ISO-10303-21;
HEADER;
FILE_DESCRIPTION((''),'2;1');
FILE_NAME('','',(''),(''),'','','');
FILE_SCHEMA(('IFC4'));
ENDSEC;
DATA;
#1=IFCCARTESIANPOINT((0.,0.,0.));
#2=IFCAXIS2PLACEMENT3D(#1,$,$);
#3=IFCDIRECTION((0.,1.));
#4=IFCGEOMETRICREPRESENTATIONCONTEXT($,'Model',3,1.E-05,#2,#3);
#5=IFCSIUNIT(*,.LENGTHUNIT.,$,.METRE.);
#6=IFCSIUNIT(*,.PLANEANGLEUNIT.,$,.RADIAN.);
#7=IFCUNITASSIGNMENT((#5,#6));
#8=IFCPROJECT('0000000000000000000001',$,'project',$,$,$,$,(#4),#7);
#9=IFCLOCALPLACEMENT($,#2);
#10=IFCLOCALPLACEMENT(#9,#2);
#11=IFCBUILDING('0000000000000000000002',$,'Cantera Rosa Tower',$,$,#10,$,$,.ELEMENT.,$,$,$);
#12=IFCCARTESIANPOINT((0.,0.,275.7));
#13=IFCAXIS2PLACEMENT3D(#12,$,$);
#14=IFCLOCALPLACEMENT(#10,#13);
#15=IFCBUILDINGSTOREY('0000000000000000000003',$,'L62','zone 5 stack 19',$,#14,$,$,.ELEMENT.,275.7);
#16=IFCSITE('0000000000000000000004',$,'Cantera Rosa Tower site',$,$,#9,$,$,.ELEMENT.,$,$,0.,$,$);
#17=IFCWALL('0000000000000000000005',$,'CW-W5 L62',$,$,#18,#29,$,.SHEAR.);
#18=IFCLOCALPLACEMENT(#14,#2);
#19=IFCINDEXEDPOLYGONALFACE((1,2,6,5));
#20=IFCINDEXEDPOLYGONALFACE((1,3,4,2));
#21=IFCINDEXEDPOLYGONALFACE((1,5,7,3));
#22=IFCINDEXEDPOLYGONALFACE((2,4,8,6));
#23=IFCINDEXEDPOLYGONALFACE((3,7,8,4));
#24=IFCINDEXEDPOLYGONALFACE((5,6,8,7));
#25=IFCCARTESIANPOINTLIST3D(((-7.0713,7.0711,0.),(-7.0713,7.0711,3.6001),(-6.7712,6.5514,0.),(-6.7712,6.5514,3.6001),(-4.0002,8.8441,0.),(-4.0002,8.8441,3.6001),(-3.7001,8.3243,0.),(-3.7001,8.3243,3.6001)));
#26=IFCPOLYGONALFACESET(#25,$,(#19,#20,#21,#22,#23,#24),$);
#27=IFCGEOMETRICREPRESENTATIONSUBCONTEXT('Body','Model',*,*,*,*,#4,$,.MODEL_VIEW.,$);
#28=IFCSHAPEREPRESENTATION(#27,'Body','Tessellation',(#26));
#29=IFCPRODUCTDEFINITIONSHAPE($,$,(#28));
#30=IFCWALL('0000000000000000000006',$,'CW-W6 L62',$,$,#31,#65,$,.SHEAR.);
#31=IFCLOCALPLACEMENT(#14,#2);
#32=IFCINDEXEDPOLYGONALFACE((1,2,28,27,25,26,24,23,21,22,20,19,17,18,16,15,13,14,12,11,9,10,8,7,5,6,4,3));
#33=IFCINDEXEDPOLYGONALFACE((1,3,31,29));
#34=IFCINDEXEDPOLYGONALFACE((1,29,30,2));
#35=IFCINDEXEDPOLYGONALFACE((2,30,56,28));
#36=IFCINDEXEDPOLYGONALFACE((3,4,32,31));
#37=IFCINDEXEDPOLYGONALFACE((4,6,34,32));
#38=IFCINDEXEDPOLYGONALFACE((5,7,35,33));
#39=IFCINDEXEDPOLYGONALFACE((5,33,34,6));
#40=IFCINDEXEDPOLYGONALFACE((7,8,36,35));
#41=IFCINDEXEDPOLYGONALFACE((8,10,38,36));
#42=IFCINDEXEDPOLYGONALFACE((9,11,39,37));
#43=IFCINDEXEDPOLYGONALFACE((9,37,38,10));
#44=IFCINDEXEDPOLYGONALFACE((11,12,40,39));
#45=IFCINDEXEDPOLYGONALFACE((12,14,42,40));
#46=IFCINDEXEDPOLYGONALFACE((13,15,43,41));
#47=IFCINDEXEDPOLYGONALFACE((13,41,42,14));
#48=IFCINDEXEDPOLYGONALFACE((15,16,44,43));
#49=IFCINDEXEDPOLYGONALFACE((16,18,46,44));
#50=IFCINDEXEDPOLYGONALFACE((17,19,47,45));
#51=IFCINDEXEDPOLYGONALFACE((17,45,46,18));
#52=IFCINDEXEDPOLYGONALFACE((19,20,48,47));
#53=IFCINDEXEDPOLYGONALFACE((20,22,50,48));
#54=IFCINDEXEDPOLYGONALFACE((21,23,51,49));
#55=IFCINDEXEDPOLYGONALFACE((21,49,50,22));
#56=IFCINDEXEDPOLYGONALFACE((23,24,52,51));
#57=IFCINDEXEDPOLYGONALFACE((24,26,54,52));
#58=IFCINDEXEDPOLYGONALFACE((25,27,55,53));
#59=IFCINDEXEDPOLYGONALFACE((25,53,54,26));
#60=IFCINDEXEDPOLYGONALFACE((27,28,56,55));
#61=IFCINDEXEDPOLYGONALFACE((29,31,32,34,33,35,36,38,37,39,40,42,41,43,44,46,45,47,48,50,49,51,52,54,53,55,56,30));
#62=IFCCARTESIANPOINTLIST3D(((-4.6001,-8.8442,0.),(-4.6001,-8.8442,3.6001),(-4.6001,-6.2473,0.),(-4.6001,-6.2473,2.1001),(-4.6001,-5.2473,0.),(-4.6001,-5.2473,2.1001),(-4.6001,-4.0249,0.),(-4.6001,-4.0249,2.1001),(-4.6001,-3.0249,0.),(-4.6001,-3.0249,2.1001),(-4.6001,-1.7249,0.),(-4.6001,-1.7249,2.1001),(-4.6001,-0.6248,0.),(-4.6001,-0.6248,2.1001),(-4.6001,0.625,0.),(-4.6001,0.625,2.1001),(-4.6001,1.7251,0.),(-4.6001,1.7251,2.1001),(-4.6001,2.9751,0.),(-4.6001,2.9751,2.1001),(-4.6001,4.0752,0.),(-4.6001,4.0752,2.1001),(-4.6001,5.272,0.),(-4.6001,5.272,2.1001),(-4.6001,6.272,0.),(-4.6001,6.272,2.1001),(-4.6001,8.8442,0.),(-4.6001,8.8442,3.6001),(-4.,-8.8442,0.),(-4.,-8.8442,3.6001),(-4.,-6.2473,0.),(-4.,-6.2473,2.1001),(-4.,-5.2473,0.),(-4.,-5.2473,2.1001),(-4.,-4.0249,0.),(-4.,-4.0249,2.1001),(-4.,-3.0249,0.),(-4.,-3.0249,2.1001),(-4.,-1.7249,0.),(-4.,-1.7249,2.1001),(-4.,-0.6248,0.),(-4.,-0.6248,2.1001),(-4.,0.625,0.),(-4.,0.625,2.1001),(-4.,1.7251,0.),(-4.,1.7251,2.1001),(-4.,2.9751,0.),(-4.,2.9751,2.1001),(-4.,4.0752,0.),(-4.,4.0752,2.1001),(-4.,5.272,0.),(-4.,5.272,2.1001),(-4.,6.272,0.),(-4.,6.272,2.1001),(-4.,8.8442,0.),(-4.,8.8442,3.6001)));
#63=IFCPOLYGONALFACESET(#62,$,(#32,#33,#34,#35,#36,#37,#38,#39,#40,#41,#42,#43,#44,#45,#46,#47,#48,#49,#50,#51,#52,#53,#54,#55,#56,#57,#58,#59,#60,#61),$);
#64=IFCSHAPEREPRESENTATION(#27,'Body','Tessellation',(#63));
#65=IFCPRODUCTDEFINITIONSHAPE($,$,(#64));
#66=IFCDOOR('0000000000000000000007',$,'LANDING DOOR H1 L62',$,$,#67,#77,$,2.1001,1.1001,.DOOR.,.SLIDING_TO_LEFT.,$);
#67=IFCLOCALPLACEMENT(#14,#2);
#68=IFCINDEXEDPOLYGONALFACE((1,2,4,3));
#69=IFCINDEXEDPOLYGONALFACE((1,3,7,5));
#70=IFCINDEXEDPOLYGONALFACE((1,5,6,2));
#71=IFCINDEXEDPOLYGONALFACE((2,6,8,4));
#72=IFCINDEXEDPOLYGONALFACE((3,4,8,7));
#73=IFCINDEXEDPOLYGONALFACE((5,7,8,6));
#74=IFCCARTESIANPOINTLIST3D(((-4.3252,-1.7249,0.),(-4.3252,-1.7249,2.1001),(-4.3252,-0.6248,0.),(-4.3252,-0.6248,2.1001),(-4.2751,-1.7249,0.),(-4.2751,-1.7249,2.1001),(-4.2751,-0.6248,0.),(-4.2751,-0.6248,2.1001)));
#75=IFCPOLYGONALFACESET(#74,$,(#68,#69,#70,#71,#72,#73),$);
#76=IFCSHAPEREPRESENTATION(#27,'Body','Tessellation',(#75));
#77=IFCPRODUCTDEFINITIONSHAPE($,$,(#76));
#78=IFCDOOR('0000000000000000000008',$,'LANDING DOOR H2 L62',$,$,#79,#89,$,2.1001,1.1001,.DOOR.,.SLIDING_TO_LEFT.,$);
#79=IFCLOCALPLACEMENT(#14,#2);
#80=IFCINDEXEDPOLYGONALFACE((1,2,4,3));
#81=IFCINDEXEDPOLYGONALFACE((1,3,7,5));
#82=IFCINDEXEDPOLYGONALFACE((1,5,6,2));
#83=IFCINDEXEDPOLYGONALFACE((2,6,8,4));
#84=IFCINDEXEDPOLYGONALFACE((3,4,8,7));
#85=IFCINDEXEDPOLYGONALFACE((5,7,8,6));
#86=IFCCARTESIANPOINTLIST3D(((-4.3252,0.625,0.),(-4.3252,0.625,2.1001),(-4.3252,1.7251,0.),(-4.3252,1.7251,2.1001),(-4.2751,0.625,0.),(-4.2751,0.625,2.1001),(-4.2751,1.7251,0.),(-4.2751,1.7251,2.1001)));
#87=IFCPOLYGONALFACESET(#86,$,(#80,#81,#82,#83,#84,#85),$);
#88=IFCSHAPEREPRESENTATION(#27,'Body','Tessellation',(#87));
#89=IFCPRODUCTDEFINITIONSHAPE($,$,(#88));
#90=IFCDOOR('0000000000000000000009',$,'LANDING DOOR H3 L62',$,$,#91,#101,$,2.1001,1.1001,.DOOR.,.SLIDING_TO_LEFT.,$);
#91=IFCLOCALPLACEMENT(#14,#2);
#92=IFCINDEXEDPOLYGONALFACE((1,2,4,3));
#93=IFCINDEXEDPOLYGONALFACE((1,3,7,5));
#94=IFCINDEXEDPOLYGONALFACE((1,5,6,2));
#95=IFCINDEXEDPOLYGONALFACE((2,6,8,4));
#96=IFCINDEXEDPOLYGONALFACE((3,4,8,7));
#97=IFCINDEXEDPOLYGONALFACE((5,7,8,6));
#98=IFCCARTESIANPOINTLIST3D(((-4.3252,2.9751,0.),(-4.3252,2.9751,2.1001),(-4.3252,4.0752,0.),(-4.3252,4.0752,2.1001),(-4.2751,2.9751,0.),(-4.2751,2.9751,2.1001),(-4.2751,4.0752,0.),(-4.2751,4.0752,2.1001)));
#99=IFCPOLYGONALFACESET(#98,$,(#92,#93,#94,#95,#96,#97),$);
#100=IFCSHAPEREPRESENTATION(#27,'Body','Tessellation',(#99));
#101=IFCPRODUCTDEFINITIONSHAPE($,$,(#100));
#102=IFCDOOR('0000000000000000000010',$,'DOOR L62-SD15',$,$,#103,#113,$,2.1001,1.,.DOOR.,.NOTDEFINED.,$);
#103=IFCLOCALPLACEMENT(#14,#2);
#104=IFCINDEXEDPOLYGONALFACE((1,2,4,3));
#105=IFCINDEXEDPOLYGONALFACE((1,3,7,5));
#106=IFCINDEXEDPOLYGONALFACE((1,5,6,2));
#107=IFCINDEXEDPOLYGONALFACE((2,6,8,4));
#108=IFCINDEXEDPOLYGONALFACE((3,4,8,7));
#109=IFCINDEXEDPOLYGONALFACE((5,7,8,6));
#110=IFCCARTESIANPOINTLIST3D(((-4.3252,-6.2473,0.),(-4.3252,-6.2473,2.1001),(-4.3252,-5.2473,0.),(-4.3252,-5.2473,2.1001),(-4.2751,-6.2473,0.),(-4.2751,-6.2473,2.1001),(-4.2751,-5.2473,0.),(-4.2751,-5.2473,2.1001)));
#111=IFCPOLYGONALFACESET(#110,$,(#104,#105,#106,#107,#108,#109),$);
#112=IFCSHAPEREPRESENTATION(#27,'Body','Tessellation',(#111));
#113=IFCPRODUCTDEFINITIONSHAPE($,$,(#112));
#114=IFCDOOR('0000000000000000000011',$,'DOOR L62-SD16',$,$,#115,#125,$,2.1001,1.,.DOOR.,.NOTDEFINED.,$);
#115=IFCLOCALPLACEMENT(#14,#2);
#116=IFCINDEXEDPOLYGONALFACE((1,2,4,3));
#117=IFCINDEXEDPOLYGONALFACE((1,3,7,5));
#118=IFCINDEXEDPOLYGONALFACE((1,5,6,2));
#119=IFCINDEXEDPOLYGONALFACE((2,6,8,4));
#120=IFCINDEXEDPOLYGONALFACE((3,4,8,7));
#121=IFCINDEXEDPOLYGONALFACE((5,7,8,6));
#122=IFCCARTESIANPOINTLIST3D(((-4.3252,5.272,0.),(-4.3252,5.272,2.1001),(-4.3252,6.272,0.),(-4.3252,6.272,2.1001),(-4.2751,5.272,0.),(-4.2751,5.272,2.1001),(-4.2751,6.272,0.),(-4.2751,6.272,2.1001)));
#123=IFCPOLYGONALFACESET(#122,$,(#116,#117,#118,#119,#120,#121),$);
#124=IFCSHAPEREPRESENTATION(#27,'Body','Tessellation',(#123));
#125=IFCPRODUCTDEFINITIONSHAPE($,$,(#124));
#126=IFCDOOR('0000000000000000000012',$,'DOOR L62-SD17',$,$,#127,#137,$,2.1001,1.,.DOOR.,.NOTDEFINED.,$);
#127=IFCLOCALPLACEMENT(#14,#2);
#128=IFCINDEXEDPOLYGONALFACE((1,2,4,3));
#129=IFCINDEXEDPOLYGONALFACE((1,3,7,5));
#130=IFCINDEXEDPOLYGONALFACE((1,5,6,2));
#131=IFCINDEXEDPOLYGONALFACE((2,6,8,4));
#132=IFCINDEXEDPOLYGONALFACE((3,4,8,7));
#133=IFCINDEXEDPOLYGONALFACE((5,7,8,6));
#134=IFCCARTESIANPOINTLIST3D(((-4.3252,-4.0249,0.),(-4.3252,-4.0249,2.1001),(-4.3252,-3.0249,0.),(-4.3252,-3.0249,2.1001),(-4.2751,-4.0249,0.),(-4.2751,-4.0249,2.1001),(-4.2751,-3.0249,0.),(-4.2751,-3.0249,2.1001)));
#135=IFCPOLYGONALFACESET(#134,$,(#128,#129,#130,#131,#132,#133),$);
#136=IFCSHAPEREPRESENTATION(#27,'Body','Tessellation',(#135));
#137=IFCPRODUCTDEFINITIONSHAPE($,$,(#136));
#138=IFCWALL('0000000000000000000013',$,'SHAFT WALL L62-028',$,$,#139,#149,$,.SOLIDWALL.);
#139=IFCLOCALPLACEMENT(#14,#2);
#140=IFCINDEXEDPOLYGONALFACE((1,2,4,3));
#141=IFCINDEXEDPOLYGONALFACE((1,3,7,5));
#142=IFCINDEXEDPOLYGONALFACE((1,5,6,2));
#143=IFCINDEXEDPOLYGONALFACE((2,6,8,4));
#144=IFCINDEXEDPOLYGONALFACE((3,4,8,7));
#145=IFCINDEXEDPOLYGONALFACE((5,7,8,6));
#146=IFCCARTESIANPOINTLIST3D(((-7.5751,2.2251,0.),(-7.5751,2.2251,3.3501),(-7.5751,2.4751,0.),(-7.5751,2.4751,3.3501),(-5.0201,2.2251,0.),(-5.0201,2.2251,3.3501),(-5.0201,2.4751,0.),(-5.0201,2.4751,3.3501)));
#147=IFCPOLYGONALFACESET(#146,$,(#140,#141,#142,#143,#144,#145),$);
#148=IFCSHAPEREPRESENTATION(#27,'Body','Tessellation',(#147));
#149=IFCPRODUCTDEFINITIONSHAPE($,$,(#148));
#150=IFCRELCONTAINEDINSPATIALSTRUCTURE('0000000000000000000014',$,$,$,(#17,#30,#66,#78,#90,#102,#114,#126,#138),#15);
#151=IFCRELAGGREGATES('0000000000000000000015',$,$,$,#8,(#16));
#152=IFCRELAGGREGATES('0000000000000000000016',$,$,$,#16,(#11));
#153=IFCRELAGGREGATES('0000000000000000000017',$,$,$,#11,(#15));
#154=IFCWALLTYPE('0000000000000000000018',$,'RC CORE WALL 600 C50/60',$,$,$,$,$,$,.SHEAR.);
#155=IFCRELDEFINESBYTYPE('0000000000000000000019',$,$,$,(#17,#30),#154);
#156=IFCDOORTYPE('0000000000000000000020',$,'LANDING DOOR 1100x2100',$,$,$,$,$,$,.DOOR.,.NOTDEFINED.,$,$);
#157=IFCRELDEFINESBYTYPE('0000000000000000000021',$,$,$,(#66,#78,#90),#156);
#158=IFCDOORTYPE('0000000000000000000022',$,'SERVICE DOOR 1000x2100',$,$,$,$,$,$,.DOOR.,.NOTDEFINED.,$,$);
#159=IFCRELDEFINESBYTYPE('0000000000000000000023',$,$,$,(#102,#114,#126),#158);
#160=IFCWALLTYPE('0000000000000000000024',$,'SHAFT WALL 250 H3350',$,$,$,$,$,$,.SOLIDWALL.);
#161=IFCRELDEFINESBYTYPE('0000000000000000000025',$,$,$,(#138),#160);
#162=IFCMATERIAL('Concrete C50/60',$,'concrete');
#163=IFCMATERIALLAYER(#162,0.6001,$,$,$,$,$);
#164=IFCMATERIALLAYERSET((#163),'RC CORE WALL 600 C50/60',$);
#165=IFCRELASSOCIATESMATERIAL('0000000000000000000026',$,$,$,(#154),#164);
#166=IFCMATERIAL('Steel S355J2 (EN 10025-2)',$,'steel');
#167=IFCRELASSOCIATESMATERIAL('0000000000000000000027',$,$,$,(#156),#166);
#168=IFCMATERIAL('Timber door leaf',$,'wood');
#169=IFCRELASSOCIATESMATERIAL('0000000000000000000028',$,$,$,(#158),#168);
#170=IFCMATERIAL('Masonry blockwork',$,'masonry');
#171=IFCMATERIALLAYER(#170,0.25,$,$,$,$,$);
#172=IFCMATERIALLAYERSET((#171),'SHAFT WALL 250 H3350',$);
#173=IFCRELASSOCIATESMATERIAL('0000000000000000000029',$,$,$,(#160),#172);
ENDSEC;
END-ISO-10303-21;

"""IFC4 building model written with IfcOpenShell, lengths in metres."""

from ifc_helpers import new_model, si_unit, direction, frame, frame_2d, origin, place, context, subcontext, project, spatial, rectangle, extrude, material, layer, layer_set, type_object, element, fill, save


model = new_model("IFC4")

# Units and contexts
model_context = context("Model", 3, precision=1e-05, world=origin(), true_north=direction((0.0, 1.0)))
body_context = subcontext(model_context, "Body", "Model", "MODEL_VIEW")
ifc_project = project(units=[si_unit("LENGTHUNIT", "METRE"), si_unit("PLANEANGLEUNIT", "RADIAN")], contexts=[model_context])

# Site, building, storey
site_placement = place(None, origin())
site = spatial("IfcSite", under=ifc_project, at=site_placement, Name="Cantera Rosa Tower site", CompositionType="ELEMENT", RefElevation=0.0)
building_placement = place(site_placement, origin())
building = spatial("IfcBuilding", under=site, at=building_placement, Name="Cantera Rosa Tower", CompositionType="ELEMENT")
storey_placement = place(building_placement, frame((0.0, 0.0, 275.7)))
storey = spatial("IfcBuildingStorey", under=building, at=storey_placement, Name="L62", Description="zone 5 stack 19", CompositionType="ELEMENT", Elevation=275.7)

# Wall
ifc_material_1 = material(Name="Concrete C50/60", Category="concrete")
ifc_layer_1 = layer(ifc_material_1, 0.6001)
ifc_layer_set_1 = layer_set([ifc_layer_1], Name="RC CORE WALL 600 C50/60")
wall_type_1 = type_object("IfcWallType", Name="RC CORE WALL 600 C50/60", PredefinedType="SHEAR", material=ifc_layer_set_1)
wall_1_placement = place(storey_placement, frame((-6.9211, 6.8113, 0.0), z_axis=(0.0, 0.0, 1.0), x_axis=(0.86604, 0.499975, 0.0)))
element("IfcWall", 1, at=wall_1_placement, inside=storey, type_object=wall_type_1, Name="CW-W5 L62", PredefinedType="SHEAR", context=body_context, shape_type="SweptSolid", body=[
    extrude(rectangle(XDim=3.5461, YDim=0.6001, at=frame_2d((1.7729, 0.0))), origin(), (0.0, 0.0, 1.0), 3.6001),
])

# Wall, openings, doors
wall_2_placement = place(storey_placement, frame((-4.3, 8.8442, 0.0), z_axis=(0.0, 0.0, 1.0), x_axis=(0.0, -1.0, 0.0)))
wall_2 = element("IfcWall", 2, at=wall_2_placement, inside=storey, type_object=wall_type_1, Name="CW-W6 L62", PredefinedType="SHEAR", context=body_context, shape_type="SweptSolid", body=[
    extrude(rectangle(XDim=17.6885, YDim=0.6001, at=frame_2d((8.8442, 0.0))), origin(), (0.0, 0.0, 1.0), 3.6001),
])
opening_1_placement = place(wall_2_placement, frame((9.469, 0.0, 0.0)))
opening_1 = element("IfcOpeningElement", 3, at=opening_1_placement, cuts=wall_2, PredefinedType="OPENING", context=body_context, shape_type="SweptSolid", body=[
    extrude(rectangle(XDim=1.1001, YDim=2.1001, at=frame_2d((0.55, 1.05))), frame((0.0, 0.3101, 0.0), z_axis=(0.0, -1.0, 0.0), x_axis=(1.0, 0.0, 0.0)), (0.0, 0.0, 1.0), 0.6201),
])
opening_2_placement = place(wall_2_placement, frame((7.1191, 0.0, 0.0)))
opening_2 = element("IfcOpeningElement", 4, at=opening_2_placement, cuts=wall_2, PredefinedType="OPENING", context=body_context, shape_type="SweptSolid", body=[
    extrude(rectangle(XDim=1.1001, YDim=2.1001, at=frame_2d((0.55, 1.05))), frame((0.0, 0.3101, 0.0), z_axis=(0.0, -1.0, 0.0), x_axis=(1.0, 0.0, 0.0)), (0.0, 0.0, 1.0), 0.6201),
])
opening_3_placement = place(wall_2_placement, frame((4.769, 0.0, 0.0)))
opening_3 = element("IfcOpeningElement", 5, at=opening_3_placement, cuts=wall_2, PredefinedType="OPENING", context=body_context, shape_type="SweptSolid", body=[
    extrude(rectangle(XDim=1.1001, YDim=2.1001, at=frame_2d((0.55, 1.05))), frame((0.0, 0.3101, 0.0), z_axis=(0.0, -1.0, 0.0), x_axis=(1.0, 0.0, 0.0)), (0.0, 0.0, 1.0), 0.6201),
])
opening_4_placement = place(wall_2_placement, frame((14.0916, 0.0, 0.0)))
opening_4 = element("IfcOpeningElement", 6, at=opening_4_placement, cuts=wall_2, PredefinedType="OPENING", context=body_context, shape_type="SweptSolid", body=[
    extrude(rectangle(XDim=1.0, YDim=2.1001, at=frame_2d((0.5, 1.05))), frame((0.0, 0.3101, 0.0), z_axis=(0.0, -1.0, 0.0), x_axis=(1.0, 0.0, 0.0)), (0.0, 0.0, 1.0), 0.6201),
])
opening_5_placement = place(wall_2_placement, frame((2.5723, 0.0, 0.0)))
opening_5 = element("IfcOpeningElement", 7, at=opening_5_placement, cuts=wall_2, PredefinedType="OPENING", context=body_context, shape_type="SweptSolid", body=[
    extrude(rectangle(XDim=1.0, YDim=2.1001, at=frame_2d((0.5, 1.05))), frame((0.0, 0.3101, 0.0), z_axis=(0.0, -1.0, 0.0), x_axis=(1.0, 0.0, 0.0)), (0.0, 0.0, 1.0), 0.6201),
])
opening_6_placement = place(wall_2_placement, frame((11.8691, 0.0, 0.0)))
opening_6 = element("IfcOpeningElement", 8, at=opening_6_placement, cuts=wall_2, PredefinedType="OPENING", context=body_context, shape_type="SweptSolid", body=[
    extrude(rectangle(XDim=1.0, YDim=2.1001, at=frame_2d((0.5, 1.05))), frame((0.0, 0.3101, 0.0), z_axis=(0.0, -1.0, 0.0), x_axis=(1.0, 0.0, 0.0)), (0.0, 0.0, 1.0), 0.6201),
])
ifc_material_2 = material(Name="Steel S355J2 (EN 10025-2)", Category="steel")
door_type_1 = type_object("IfcDoorType", Name="LANDING DOOR 1100x2100", OperationType="NOTDEFINED", PredefinedType="DOOR", material=ifc_material_2)
door_1_placement = place(opening_1_placement, origin())
door_1 = element("IfcDoor", 9, at=door_1_placement, inside=storey, type_object=door_type_1, Name="LANDING DOOR H1 L62", OperationType="SLIDING_TO_LEFT", OverallHeight=2.1001, OverallWidth=1.1001, PredefinedType="DOOR", context=body_context, shape_type="SweptSolid", body=[
    extrude(rectangle(XDim=1.1001, YDim=2.1001, at=frame_2d((0.55, 1.05))), frame((0.0, 0.0249, 0.0), z_axis=(0.0, -1.0, 0.0), x_axis=(1.0, 0.0, 0.0)), (0.0, 0.0, 1.0), 0.05),
])
fill(opening_1, door_1)
door_2_placement = place(opening_2_placement, origin())
door_2 = element("IfcDoor", 10, at=door_2_placement, inside=storey, type_object=door_type_1, Name="LANDING DOOR H2 L62", OperationType="SLIDING_TO_LEFT", OverallHeight=2.1001, OverallWidth=1.1001, PredefinedType="DOOR", context=body_context, shape_type="SweptSolid", body=[
    extrude(rectangle(XDim=1.1001, YDim=2.1001, at=frame_2d((0.55, 1.05))), frame((0.0, 0.0249, 0.0), z_axis=(0.0, -1.0, 0.0), x_axis=(1.0, 0.0, 0.0)), (0.0, 0.0, 1.0), 0.05),
])
fill(opening_2, door_2)
door_3_placement = place(opening_3_placement, origin())
door_3 = element("IfcDoor", 11, at=door_3_placement, inside=storey, type_object=door_type_1, Name="LANDING DOOR H3 L62", OperationType="SLIDING_TO_LEFT", OverallHeight=2.1001, OverallWidth=1.1001, PredefinedType="DOOR", context=body_context, shape_type="SweptSolid", body=[
    extrude(rectangle(XDim=1.1001, YDim=2.1001, at=frame_2d((0.55, 1.05))), frame((0.0, 0.0249, 0.0), z_axis=(0.0, -1.0, 0.0), x_axis=(1.0, 0.0, 0.0)), (0.0, 0.0, 1.0), 0.05),
])
fill(opening_3, door_3)
ifc_material_3 = material(Name="Timber door leaf", Category="wood")
door_type_2 = type_object("IfcDoorType", Name="SERVICE DOOR 1000x2100", OperationType="NOTDEFINED", PredefinedType="DOOR", material=ifc_material_3)
door_4_placement = place(opening_4_placement, origin())
door_4 = element("IfcDoor", 12, at=door_4_placement, inside=storey, type_object=door_type_2, Name="DOOR L62-SD15", OperationType="NOTDEFINED", OverallHeight=2.1001, OverallWidth=1.0, PredefinedType="DOOR", context=body_context, shape_type="SweptSolid", body=[
    extrude(rectangle(XDim=1.0, YDim=2.1001, at=frame_2d((0.5, 1.05))), frame((0.0, 0.0249, 0.0), z_axis=(0.0, -1.0, 0.0), x_axis=(1.0, 0.0, 0.0)), (0.0, 0.0, 1.0), 0.05),
])
fill(opening_4, door_4)
door_5_placement = place(opening_5_placement, origin())
door_5 = element("IfcDoor", 13, at=door_5_placement, inside=storey, type_object=door_type_2, Name="DOOR L62-SD16", OperationType="NOTDEFINED", OverallHeight=2.1001, OverallWidth=1.0, PredefinedType="DOOR", context=body_context, shape_type="SweptSolid", body=[
    extrude(rectangle(XDim=1.0, YDim=2.1001, at=frame_2d((0.5, 1.05))), frame((0.0, 0.0249, 0.0), z_axis=(0.0, -1.0, 0.0), x_axis=(1.0, 0.0, 0.0)), (0.0, 0.0, 1.0), 0.05),
])
fill(opening_5, door_5)
door_6_placement = place(opening_6_placement, origin())
door_6 = element("IfcDoor", 14, at=door_6_placement, inside=storey, type_object=door_type_2, Name="DOOR L62-SD17", OperationType="NOTDEFINED", OverallHeight=2.1001, OverallWidth=1.0, PredefinedType="DOOR", context=body_context, shape_type="SweptSolid", body=[
    extrude(rectangle(XDim=1.0, YDim=2.1001, at=frame_2d((0.5, 1.05))), frame((0.0, 0.0249, 0.0), z_axis=(0.0, -1.0, 0.0), x_axis=(1.0, 0.0, 0.0)), (0.0, 0.0, 1.0), 0.05),
])
fill(opening_6, door_6)

# Wall
ifc_material_4 = material(Name="Masonry blockwork", Category="masonry")
ifc_layer_2 = layer(ifc_material_4, 0.25)
ifc_layer_set_2 = layer_set([ifc_layer_2], Name="SHAFT WALL 250 H3350")
wall_type_2 = type_object("IfcWallType", Name="SHAFT WALL 250 H3350", PredefinedType="SOLIDWALL", material=ifc_layer_set_2)
wall_3_placement = place(storey_placement, frame((-7.575, 2.3501, 0.0), z_axis=(0.0, 0.0, 1.0), x_axis=(1.0, 0.0, 0.0)))
element("IfcWall", 15, at=wall_3_placement, inside=storey, type_object=wall_type_2, Name="SHAFT WALL L62-028", PredefinedType="SOLIDWALL", context=body_context, shape_type="SweptSolid", body=[
    extrude(rectangle(XDim=2.5549, YDim=0.25, at=frame_2d((1.2773, 0.0))), origin(), (0.0, 0.0, 1.0), 3.3501),
])

save(model, "model.ifc")
